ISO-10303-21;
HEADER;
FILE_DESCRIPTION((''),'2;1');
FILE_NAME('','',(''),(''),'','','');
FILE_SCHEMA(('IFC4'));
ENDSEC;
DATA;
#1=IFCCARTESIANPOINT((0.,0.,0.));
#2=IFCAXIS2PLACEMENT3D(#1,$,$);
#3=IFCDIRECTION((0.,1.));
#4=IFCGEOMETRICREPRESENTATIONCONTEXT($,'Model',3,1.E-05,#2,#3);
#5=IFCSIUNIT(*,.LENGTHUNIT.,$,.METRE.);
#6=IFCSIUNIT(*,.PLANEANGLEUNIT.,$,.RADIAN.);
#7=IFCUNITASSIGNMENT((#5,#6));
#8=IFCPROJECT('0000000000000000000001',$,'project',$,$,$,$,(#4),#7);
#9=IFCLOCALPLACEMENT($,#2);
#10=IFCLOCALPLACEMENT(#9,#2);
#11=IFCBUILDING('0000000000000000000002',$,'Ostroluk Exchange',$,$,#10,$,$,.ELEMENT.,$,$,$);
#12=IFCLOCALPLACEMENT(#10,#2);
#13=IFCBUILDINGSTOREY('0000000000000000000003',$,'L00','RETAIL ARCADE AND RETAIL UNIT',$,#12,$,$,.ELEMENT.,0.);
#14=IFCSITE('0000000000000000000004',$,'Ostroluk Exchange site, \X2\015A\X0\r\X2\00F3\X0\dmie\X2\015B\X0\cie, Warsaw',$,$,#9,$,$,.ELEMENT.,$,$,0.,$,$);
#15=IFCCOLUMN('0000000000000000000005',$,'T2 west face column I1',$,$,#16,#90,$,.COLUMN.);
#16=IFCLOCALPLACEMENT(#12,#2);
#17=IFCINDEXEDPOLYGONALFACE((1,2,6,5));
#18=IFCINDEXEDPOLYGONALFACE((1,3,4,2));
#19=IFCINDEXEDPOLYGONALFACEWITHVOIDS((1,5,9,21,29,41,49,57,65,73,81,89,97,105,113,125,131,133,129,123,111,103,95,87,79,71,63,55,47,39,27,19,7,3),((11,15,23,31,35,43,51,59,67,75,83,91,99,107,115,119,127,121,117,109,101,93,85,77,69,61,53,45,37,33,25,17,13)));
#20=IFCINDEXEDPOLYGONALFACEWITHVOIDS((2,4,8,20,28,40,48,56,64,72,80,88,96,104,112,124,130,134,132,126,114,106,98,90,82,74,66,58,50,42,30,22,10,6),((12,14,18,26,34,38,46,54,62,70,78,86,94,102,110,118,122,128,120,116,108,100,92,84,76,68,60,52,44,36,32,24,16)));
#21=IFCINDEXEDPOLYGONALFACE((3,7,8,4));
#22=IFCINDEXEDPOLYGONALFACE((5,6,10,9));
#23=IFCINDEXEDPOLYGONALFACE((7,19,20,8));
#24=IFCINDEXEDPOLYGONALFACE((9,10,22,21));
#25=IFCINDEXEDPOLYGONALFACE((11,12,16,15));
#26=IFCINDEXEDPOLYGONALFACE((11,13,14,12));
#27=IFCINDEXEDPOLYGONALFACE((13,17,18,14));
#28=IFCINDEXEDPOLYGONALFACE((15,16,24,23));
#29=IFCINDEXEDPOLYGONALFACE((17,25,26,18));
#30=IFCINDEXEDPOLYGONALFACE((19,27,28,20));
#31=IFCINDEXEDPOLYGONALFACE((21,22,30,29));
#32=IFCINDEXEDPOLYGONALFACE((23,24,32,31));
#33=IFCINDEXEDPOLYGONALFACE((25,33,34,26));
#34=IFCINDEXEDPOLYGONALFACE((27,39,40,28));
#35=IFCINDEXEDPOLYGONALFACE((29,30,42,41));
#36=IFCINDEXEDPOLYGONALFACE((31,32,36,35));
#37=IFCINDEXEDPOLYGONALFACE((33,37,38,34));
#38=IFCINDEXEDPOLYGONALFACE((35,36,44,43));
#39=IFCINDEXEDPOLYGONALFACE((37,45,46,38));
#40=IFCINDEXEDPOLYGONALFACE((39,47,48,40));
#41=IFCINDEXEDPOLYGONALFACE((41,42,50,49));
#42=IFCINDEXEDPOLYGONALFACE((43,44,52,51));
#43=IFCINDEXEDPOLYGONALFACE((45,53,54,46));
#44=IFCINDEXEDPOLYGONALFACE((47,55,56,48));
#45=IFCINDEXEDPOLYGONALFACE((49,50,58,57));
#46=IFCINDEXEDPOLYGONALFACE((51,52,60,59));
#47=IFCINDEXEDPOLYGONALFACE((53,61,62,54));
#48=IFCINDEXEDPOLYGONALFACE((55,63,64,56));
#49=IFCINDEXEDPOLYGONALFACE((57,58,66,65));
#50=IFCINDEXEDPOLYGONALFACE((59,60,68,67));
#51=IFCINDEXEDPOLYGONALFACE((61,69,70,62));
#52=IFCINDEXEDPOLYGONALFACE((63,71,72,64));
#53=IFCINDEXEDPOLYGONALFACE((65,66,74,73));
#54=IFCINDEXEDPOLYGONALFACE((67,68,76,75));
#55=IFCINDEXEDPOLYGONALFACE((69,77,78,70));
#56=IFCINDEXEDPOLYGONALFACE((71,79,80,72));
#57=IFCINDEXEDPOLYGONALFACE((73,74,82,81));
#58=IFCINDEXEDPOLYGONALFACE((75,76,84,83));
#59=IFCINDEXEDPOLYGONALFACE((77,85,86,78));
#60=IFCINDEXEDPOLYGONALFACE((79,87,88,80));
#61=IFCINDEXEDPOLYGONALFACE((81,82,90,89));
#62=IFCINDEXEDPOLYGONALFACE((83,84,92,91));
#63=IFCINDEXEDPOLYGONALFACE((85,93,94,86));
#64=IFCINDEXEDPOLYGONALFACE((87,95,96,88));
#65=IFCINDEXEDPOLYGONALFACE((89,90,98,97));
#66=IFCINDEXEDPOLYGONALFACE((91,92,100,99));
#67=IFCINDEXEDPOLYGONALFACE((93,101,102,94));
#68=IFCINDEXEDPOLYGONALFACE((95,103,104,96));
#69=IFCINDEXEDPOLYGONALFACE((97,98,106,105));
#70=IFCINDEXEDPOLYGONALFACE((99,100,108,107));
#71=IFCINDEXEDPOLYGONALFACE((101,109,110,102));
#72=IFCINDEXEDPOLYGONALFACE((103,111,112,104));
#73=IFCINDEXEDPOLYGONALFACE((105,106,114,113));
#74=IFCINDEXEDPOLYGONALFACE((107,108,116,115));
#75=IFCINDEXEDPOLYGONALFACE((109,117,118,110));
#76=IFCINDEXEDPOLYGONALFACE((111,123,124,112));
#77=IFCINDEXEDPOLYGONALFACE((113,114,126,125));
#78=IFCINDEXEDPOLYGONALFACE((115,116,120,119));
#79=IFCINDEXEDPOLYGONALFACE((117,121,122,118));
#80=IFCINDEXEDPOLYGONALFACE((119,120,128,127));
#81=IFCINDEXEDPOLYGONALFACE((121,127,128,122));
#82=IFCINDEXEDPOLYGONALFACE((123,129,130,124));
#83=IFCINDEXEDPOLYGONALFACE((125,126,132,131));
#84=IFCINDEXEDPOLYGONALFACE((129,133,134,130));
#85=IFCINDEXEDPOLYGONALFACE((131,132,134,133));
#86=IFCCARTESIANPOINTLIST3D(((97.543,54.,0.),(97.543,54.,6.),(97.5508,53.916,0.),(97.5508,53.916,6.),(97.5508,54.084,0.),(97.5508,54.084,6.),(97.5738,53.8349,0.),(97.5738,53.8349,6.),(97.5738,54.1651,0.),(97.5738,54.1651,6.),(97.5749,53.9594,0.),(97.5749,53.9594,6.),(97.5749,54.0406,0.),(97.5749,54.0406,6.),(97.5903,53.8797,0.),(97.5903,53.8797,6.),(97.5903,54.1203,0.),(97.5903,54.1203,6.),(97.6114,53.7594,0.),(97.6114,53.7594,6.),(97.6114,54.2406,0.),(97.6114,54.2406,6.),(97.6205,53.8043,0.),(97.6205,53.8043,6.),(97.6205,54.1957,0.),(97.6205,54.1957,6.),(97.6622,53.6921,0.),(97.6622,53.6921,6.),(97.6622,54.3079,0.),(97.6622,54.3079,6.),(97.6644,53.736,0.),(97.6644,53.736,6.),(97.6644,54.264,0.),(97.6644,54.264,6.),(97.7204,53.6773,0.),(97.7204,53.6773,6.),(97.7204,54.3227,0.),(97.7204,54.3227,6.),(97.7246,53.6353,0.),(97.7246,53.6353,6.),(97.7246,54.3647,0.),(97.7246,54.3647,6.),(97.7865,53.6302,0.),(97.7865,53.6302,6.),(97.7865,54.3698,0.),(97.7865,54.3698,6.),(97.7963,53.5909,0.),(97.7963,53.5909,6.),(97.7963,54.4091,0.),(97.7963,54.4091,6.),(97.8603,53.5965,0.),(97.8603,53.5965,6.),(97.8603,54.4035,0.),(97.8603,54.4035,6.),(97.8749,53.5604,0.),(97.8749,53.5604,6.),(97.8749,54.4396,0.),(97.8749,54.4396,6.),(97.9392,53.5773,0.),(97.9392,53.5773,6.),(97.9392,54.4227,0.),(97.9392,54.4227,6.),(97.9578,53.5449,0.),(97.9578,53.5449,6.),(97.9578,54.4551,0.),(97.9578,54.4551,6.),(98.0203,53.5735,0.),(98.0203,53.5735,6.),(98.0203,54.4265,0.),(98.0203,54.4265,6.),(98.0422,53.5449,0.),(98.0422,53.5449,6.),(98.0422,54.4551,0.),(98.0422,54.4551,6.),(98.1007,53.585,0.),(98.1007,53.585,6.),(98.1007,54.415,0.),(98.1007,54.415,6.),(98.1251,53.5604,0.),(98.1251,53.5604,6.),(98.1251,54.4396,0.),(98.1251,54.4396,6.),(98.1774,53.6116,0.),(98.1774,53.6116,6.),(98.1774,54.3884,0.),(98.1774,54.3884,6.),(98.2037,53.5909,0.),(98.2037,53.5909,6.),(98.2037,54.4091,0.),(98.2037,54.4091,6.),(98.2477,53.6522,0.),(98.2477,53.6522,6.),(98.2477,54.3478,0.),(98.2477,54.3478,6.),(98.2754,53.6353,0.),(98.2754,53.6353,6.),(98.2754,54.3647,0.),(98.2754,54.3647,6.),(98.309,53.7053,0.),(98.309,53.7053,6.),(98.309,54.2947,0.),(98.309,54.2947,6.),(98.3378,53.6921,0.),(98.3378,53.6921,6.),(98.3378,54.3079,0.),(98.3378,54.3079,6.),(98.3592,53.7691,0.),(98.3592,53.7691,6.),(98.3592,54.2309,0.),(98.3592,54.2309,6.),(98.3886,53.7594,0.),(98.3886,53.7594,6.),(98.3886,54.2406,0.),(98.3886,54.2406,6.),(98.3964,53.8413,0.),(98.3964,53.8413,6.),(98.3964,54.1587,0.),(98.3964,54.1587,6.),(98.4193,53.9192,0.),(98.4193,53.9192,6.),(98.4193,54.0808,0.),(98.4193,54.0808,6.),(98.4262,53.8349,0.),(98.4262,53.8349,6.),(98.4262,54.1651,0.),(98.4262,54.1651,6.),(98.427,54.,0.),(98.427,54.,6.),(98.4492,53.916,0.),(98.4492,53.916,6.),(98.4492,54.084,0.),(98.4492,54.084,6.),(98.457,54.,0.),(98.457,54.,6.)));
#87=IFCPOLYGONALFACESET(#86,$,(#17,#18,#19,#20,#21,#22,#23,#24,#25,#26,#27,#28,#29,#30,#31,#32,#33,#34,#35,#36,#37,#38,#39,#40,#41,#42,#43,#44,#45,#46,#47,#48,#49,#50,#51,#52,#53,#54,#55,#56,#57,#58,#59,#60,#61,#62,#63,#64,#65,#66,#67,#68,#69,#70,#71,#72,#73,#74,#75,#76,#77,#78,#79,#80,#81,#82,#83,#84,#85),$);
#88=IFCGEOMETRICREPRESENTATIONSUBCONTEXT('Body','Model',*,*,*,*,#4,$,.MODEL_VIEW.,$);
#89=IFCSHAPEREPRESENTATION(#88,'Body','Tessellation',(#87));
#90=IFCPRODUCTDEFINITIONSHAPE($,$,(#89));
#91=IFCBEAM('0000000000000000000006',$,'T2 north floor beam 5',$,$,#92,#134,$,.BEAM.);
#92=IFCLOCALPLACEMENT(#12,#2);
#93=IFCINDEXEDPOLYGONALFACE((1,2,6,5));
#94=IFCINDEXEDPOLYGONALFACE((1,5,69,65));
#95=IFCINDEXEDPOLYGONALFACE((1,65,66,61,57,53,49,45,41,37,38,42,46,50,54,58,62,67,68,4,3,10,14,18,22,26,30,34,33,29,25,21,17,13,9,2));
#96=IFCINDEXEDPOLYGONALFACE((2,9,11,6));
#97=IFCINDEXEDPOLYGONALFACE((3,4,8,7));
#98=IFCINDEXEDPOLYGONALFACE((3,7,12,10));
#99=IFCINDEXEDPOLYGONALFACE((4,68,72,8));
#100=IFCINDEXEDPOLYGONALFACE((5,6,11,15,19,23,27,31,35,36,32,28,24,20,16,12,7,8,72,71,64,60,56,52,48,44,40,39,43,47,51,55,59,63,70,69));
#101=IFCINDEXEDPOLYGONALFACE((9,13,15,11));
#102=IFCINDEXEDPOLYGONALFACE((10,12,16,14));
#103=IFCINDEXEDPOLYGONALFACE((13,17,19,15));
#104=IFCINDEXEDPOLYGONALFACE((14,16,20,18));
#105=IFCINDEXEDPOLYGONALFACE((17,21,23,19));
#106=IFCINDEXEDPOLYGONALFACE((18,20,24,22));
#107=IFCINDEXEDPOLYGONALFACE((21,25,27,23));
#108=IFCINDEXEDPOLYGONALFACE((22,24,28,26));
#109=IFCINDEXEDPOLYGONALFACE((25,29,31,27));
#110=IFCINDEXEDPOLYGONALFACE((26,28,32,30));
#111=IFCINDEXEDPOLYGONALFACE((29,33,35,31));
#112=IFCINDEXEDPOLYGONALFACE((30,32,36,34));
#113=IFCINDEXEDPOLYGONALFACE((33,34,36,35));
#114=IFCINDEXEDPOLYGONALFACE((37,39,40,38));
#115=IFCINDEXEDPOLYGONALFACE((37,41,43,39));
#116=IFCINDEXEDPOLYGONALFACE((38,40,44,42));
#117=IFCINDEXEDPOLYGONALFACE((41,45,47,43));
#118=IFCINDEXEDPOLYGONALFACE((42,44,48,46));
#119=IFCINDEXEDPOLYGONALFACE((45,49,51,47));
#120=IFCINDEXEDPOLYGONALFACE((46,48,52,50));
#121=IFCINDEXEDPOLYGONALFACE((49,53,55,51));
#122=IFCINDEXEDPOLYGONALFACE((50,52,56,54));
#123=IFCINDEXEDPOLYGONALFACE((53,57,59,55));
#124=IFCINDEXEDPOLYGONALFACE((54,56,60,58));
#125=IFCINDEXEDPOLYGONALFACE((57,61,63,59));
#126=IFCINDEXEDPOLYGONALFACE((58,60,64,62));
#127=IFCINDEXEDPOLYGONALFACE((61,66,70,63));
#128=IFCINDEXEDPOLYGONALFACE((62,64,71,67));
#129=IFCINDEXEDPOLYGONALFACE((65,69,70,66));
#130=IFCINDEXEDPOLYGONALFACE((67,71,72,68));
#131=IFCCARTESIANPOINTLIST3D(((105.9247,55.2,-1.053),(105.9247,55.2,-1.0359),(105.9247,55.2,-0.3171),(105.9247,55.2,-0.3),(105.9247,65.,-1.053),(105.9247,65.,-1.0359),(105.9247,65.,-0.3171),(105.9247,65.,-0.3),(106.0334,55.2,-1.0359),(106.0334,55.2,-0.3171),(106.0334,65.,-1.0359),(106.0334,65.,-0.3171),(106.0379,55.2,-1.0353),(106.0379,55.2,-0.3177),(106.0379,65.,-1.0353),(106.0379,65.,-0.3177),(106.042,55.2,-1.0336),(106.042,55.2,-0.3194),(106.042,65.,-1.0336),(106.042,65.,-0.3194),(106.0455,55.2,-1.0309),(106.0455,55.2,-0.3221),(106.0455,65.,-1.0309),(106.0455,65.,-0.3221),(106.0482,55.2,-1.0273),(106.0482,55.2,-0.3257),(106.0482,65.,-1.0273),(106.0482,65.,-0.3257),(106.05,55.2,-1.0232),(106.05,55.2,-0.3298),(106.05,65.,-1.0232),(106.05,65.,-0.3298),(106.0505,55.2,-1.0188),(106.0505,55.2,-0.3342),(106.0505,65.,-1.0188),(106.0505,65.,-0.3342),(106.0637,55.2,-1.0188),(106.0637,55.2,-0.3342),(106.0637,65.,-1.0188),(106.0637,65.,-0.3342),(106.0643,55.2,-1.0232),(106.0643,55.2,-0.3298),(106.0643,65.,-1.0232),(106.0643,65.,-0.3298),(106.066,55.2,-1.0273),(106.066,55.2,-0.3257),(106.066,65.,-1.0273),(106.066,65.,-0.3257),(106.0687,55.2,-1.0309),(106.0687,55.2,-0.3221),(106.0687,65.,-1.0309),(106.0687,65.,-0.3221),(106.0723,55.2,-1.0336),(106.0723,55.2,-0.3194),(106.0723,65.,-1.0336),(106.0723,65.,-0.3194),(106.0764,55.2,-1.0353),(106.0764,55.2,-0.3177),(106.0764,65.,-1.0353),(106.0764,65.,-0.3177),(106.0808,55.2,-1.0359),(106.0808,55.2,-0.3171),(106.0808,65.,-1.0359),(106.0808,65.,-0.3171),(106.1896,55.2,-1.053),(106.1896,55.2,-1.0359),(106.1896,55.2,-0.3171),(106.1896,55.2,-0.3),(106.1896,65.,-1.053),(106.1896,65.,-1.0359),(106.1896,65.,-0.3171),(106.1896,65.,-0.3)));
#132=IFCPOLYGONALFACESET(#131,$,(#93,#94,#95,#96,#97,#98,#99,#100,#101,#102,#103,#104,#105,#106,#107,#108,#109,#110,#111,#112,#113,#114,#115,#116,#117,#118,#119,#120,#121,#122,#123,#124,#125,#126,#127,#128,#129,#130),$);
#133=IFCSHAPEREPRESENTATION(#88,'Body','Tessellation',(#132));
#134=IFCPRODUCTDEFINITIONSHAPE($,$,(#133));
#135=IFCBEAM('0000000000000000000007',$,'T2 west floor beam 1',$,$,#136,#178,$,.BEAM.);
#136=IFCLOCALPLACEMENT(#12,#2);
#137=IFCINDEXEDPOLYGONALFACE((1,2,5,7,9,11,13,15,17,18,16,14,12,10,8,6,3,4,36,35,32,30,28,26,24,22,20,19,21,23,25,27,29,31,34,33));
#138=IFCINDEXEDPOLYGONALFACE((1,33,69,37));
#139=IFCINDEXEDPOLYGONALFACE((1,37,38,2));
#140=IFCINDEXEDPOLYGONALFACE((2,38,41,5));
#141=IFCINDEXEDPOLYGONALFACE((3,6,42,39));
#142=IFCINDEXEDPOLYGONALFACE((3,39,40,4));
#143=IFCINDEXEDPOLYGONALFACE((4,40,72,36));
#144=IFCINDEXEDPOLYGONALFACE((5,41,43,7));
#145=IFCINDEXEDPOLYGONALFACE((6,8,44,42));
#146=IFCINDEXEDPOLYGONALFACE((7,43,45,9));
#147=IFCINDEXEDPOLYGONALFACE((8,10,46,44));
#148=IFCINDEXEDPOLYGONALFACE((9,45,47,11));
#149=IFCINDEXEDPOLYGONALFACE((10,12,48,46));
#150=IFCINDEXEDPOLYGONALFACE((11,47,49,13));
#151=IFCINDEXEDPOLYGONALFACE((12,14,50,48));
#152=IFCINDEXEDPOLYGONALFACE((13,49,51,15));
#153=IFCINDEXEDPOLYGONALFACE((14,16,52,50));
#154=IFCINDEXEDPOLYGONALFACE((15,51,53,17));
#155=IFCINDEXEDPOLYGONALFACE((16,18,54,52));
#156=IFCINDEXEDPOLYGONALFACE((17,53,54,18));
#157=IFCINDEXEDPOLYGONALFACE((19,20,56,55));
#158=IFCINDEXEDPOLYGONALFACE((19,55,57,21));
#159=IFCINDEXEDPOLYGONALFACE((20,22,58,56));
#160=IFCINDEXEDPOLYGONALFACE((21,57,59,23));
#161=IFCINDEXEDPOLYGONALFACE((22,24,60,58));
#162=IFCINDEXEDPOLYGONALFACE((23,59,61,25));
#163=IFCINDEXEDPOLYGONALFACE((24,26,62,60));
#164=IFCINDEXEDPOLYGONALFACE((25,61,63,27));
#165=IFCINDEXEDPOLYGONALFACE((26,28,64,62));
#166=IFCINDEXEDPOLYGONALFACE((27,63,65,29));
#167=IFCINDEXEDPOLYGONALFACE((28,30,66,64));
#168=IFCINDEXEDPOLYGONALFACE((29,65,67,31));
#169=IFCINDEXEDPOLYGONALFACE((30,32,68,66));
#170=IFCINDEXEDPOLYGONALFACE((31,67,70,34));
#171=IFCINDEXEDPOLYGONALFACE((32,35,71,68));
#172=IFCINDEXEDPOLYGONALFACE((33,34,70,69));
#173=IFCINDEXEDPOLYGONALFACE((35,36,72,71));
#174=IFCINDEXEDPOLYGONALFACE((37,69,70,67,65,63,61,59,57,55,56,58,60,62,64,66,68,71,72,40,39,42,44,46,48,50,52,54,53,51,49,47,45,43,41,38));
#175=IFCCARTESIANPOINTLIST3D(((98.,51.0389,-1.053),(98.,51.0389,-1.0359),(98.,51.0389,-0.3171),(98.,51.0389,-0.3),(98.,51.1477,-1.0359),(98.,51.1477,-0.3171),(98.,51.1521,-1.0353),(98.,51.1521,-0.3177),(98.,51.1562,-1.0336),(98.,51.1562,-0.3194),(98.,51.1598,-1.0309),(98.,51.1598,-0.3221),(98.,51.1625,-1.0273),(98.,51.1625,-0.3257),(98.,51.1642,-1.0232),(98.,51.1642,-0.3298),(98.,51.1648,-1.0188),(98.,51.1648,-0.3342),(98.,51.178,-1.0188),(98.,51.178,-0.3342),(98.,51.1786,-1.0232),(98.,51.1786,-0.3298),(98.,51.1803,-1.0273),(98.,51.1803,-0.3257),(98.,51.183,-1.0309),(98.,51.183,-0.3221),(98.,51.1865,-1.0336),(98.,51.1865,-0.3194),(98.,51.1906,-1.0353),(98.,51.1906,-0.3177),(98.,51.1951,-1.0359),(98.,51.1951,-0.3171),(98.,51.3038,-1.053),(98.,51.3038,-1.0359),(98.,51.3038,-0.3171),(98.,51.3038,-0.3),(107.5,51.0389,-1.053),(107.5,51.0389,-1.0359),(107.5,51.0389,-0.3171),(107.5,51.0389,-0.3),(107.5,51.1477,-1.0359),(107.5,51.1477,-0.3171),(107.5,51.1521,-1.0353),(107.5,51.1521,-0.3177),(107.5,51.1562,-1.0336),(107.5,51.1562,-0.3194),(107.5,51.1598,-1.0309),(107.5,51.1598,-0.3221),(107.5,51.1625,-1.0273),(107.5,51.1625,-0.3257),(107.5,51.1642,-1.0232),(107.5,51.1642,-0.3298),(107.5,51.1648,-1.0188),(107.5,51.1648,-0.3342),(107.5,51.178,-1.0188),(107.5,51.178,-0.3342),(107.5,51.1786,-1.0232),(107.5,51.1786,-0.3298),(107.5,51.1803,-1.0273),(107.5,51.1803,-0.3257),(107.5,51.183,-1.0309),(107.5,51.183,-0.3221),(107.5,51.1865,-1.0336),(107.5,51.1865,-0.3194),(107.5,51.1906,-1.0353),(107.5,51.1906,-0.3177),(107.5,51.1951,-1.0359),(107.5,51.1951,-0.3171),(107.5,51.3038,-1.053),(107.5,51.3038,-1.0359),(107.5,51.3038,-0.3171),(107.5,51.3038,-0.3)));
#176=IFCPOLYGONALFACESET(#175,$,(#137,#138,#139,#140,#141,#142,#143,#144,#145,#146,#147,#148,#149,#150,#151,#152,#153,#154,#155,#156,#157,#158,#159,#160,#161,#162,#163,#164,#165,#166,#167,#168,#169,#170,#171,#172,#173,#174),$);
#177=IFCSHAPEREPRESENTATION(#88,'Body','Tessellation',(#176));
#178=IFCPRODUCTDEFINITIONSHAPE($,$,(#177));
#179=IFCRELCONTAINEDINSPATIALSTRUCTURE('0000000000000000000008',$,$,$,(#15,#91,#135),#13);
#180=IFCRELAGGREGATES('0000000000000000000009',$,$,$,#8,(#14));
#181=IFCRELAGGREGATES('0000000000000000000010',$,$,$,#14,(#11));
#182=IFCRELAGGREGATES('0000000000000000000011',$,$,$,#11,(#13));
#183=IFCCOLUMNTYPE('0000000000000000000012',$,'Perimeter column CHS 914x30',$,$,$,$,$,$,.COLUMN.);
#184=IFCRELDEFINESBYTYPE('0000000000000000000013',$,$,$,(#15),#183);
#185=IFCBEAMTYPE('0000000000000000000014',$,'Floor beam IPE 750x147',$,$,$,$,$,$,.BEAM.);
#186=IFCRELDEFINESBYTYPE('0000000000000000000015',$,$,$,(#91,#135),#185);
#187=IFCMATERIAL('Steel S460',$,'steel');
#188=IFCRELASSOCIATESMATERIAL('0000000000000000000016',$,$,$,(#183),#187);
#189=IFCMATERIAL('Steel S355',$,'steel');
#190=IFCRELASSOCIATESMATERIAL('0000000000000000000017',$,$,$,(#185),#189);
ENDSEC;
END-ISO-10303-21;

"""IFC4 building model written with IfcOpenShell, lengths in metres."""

from ifc_helpers import new_model, si_unit, direction, frame, origin, origin_2d, place, context, subcontext, project, spatial, hollow_circle, i_section, extrude, material, material_profile, profile_set, type_object, element, save


model = new_model("IFC4")

# Units and contexts
model_context = context("Model", 3, precision=1e-05, world=origin(), true_north=direction((0.0, 1.0)))
body_context = subcontext(model_context, "Body", "Model", "MODEL_VIEW")
ifc_project = project(units=[si_unit("LENGTHUNIT", "METRE"), si_unit("PLANEANGLEUNIT", "RADIAN")], contexts=[model_context])

# Site, building, storey
site_placement = place(None, origin())
site = spatial("IfcSite", under=ifc_project, at=site_placement, Name="Ostroluk Exchange site, Śródmieście, Warsaw", CompositionType="ELEMENT", RefElevation=0.0)
building_placement = place(site_placement, origin())
building = spatial("IfcBuilding", under=site, at=building_placement, Name="Ostroluk Exchange", CompositionType="ELEMENT")
storey_placement = place(building_placement, origin())
storey = spatial("IfcBuildingStorey", under=building, at=storey_placement, Name="L00", Description="RETAIL ARCADE AND RETAIL UNIT", CompositionType="ELEMENT", Elevation=0.0)

# Column
ifc_material_1 = material(Name="Steel S460", Category="steel")
ifc_material_profile_1 = material_profile(ifc_material_1, hollow_circle(Radius=0.457, WallThickness=0.03, at=origin_2d()), Name="CHS 914x30")
ifc_profile_set_1 = profile_set([ifc_material_profile_1], Name="Steel S460")
column_type = type_object("IfcColumnType", Name="Perimeter column CHS 914x30", PredefinedType="COLUMN", material=ifc_profile_set_1)
column_placement = place(storey_placement, frame((98.0, 54.0, 0.0), z_axis=(0.0, 0.0, 1.0), x_axis=(1.0, 0.0, 0.0)))
element("IfcColumn", 1, at=column_placement, inside=storey, type_object=column_type, Name="T2 west face column I1", PredefinedType="COLUMN", context=body_context, shape_type="SweptSolid", body=[
    extrude(hollow_circle(Radius=0.457, WallThickness=0.03, at=origin_2d()), origin(), (0.0, 0.0, 1.0), 6.0),
])

# Beams
ifc_material_2 = material(Name="Steel S355", Category="steel")
ifc_material_profile_2 = material_profile(ifc_material_2, i_section(OverallWidth=0.2649, OverallDepth=0.7529, WebThickness=0.0132, FlangeThickness=0.0171, FilletRadius=0.0171, at=origin_2d()), Name="IPE 750x147")
ifc_profile_set_2 = profile_set([ifc_material_profile_2], Name="Steel S355")
beam_type_1 = type_object("IfcBeamType", Name="Floor beam IPE 750x147", PredefinedType="BEAM", material=ifc_profile_set_2)
beam_1_placement = place(storey_placement, frame((106.0571, 55.2, -0.6765), z_axis=(0.0, 1.0, 0.0), x_axis=(-1.0, 0.0, 0.0)))
element("IfcBeam", 2, at=beam_1_placement, inside=storey, type_object=beam_type_1, Name="T2 north floor beam 5", PredefinedType="BEAM", context=body_context, shape_type="SweptSolid", body=[
    extrude(i_section(OverallWidth=0.2649, OverallDepth=0.7529, WebThickness=0.0132, FlangeThickness=0.0171, FilletRadius=0.0171, at=origin_2d()), origin(), (0.0, 0.0, 1.0), 9.8),
])
for number, where, z_axis, x_axis, name in (
    (3, (107.5, 51.1714, -0.6765), (-1.0, 0.0, 0.0), (0.0, -1.0, 0.0), "T2 west floor beam 1"),
):
    element("IfcBeam", number, at=place(storey_placement, frame(where, z_axis=z_axis, x_axis=x_axis)), inside=storey, type_object=beam_type_1, Name=name, PredefinedType="BEAM", context=body_context, shape_type="SweptSolid", body=[
        extrude(i_section(OverallWidth=0.2649, OverallDepth=0.7529, WebThickness=0.0132, FlangeThickness=0.0171, FilletRadius=0.0171, at=origin_2d()), origin(), (0.0, 0.0, 1.0), 9.5),
    ])

save(model, "model.ifc")
